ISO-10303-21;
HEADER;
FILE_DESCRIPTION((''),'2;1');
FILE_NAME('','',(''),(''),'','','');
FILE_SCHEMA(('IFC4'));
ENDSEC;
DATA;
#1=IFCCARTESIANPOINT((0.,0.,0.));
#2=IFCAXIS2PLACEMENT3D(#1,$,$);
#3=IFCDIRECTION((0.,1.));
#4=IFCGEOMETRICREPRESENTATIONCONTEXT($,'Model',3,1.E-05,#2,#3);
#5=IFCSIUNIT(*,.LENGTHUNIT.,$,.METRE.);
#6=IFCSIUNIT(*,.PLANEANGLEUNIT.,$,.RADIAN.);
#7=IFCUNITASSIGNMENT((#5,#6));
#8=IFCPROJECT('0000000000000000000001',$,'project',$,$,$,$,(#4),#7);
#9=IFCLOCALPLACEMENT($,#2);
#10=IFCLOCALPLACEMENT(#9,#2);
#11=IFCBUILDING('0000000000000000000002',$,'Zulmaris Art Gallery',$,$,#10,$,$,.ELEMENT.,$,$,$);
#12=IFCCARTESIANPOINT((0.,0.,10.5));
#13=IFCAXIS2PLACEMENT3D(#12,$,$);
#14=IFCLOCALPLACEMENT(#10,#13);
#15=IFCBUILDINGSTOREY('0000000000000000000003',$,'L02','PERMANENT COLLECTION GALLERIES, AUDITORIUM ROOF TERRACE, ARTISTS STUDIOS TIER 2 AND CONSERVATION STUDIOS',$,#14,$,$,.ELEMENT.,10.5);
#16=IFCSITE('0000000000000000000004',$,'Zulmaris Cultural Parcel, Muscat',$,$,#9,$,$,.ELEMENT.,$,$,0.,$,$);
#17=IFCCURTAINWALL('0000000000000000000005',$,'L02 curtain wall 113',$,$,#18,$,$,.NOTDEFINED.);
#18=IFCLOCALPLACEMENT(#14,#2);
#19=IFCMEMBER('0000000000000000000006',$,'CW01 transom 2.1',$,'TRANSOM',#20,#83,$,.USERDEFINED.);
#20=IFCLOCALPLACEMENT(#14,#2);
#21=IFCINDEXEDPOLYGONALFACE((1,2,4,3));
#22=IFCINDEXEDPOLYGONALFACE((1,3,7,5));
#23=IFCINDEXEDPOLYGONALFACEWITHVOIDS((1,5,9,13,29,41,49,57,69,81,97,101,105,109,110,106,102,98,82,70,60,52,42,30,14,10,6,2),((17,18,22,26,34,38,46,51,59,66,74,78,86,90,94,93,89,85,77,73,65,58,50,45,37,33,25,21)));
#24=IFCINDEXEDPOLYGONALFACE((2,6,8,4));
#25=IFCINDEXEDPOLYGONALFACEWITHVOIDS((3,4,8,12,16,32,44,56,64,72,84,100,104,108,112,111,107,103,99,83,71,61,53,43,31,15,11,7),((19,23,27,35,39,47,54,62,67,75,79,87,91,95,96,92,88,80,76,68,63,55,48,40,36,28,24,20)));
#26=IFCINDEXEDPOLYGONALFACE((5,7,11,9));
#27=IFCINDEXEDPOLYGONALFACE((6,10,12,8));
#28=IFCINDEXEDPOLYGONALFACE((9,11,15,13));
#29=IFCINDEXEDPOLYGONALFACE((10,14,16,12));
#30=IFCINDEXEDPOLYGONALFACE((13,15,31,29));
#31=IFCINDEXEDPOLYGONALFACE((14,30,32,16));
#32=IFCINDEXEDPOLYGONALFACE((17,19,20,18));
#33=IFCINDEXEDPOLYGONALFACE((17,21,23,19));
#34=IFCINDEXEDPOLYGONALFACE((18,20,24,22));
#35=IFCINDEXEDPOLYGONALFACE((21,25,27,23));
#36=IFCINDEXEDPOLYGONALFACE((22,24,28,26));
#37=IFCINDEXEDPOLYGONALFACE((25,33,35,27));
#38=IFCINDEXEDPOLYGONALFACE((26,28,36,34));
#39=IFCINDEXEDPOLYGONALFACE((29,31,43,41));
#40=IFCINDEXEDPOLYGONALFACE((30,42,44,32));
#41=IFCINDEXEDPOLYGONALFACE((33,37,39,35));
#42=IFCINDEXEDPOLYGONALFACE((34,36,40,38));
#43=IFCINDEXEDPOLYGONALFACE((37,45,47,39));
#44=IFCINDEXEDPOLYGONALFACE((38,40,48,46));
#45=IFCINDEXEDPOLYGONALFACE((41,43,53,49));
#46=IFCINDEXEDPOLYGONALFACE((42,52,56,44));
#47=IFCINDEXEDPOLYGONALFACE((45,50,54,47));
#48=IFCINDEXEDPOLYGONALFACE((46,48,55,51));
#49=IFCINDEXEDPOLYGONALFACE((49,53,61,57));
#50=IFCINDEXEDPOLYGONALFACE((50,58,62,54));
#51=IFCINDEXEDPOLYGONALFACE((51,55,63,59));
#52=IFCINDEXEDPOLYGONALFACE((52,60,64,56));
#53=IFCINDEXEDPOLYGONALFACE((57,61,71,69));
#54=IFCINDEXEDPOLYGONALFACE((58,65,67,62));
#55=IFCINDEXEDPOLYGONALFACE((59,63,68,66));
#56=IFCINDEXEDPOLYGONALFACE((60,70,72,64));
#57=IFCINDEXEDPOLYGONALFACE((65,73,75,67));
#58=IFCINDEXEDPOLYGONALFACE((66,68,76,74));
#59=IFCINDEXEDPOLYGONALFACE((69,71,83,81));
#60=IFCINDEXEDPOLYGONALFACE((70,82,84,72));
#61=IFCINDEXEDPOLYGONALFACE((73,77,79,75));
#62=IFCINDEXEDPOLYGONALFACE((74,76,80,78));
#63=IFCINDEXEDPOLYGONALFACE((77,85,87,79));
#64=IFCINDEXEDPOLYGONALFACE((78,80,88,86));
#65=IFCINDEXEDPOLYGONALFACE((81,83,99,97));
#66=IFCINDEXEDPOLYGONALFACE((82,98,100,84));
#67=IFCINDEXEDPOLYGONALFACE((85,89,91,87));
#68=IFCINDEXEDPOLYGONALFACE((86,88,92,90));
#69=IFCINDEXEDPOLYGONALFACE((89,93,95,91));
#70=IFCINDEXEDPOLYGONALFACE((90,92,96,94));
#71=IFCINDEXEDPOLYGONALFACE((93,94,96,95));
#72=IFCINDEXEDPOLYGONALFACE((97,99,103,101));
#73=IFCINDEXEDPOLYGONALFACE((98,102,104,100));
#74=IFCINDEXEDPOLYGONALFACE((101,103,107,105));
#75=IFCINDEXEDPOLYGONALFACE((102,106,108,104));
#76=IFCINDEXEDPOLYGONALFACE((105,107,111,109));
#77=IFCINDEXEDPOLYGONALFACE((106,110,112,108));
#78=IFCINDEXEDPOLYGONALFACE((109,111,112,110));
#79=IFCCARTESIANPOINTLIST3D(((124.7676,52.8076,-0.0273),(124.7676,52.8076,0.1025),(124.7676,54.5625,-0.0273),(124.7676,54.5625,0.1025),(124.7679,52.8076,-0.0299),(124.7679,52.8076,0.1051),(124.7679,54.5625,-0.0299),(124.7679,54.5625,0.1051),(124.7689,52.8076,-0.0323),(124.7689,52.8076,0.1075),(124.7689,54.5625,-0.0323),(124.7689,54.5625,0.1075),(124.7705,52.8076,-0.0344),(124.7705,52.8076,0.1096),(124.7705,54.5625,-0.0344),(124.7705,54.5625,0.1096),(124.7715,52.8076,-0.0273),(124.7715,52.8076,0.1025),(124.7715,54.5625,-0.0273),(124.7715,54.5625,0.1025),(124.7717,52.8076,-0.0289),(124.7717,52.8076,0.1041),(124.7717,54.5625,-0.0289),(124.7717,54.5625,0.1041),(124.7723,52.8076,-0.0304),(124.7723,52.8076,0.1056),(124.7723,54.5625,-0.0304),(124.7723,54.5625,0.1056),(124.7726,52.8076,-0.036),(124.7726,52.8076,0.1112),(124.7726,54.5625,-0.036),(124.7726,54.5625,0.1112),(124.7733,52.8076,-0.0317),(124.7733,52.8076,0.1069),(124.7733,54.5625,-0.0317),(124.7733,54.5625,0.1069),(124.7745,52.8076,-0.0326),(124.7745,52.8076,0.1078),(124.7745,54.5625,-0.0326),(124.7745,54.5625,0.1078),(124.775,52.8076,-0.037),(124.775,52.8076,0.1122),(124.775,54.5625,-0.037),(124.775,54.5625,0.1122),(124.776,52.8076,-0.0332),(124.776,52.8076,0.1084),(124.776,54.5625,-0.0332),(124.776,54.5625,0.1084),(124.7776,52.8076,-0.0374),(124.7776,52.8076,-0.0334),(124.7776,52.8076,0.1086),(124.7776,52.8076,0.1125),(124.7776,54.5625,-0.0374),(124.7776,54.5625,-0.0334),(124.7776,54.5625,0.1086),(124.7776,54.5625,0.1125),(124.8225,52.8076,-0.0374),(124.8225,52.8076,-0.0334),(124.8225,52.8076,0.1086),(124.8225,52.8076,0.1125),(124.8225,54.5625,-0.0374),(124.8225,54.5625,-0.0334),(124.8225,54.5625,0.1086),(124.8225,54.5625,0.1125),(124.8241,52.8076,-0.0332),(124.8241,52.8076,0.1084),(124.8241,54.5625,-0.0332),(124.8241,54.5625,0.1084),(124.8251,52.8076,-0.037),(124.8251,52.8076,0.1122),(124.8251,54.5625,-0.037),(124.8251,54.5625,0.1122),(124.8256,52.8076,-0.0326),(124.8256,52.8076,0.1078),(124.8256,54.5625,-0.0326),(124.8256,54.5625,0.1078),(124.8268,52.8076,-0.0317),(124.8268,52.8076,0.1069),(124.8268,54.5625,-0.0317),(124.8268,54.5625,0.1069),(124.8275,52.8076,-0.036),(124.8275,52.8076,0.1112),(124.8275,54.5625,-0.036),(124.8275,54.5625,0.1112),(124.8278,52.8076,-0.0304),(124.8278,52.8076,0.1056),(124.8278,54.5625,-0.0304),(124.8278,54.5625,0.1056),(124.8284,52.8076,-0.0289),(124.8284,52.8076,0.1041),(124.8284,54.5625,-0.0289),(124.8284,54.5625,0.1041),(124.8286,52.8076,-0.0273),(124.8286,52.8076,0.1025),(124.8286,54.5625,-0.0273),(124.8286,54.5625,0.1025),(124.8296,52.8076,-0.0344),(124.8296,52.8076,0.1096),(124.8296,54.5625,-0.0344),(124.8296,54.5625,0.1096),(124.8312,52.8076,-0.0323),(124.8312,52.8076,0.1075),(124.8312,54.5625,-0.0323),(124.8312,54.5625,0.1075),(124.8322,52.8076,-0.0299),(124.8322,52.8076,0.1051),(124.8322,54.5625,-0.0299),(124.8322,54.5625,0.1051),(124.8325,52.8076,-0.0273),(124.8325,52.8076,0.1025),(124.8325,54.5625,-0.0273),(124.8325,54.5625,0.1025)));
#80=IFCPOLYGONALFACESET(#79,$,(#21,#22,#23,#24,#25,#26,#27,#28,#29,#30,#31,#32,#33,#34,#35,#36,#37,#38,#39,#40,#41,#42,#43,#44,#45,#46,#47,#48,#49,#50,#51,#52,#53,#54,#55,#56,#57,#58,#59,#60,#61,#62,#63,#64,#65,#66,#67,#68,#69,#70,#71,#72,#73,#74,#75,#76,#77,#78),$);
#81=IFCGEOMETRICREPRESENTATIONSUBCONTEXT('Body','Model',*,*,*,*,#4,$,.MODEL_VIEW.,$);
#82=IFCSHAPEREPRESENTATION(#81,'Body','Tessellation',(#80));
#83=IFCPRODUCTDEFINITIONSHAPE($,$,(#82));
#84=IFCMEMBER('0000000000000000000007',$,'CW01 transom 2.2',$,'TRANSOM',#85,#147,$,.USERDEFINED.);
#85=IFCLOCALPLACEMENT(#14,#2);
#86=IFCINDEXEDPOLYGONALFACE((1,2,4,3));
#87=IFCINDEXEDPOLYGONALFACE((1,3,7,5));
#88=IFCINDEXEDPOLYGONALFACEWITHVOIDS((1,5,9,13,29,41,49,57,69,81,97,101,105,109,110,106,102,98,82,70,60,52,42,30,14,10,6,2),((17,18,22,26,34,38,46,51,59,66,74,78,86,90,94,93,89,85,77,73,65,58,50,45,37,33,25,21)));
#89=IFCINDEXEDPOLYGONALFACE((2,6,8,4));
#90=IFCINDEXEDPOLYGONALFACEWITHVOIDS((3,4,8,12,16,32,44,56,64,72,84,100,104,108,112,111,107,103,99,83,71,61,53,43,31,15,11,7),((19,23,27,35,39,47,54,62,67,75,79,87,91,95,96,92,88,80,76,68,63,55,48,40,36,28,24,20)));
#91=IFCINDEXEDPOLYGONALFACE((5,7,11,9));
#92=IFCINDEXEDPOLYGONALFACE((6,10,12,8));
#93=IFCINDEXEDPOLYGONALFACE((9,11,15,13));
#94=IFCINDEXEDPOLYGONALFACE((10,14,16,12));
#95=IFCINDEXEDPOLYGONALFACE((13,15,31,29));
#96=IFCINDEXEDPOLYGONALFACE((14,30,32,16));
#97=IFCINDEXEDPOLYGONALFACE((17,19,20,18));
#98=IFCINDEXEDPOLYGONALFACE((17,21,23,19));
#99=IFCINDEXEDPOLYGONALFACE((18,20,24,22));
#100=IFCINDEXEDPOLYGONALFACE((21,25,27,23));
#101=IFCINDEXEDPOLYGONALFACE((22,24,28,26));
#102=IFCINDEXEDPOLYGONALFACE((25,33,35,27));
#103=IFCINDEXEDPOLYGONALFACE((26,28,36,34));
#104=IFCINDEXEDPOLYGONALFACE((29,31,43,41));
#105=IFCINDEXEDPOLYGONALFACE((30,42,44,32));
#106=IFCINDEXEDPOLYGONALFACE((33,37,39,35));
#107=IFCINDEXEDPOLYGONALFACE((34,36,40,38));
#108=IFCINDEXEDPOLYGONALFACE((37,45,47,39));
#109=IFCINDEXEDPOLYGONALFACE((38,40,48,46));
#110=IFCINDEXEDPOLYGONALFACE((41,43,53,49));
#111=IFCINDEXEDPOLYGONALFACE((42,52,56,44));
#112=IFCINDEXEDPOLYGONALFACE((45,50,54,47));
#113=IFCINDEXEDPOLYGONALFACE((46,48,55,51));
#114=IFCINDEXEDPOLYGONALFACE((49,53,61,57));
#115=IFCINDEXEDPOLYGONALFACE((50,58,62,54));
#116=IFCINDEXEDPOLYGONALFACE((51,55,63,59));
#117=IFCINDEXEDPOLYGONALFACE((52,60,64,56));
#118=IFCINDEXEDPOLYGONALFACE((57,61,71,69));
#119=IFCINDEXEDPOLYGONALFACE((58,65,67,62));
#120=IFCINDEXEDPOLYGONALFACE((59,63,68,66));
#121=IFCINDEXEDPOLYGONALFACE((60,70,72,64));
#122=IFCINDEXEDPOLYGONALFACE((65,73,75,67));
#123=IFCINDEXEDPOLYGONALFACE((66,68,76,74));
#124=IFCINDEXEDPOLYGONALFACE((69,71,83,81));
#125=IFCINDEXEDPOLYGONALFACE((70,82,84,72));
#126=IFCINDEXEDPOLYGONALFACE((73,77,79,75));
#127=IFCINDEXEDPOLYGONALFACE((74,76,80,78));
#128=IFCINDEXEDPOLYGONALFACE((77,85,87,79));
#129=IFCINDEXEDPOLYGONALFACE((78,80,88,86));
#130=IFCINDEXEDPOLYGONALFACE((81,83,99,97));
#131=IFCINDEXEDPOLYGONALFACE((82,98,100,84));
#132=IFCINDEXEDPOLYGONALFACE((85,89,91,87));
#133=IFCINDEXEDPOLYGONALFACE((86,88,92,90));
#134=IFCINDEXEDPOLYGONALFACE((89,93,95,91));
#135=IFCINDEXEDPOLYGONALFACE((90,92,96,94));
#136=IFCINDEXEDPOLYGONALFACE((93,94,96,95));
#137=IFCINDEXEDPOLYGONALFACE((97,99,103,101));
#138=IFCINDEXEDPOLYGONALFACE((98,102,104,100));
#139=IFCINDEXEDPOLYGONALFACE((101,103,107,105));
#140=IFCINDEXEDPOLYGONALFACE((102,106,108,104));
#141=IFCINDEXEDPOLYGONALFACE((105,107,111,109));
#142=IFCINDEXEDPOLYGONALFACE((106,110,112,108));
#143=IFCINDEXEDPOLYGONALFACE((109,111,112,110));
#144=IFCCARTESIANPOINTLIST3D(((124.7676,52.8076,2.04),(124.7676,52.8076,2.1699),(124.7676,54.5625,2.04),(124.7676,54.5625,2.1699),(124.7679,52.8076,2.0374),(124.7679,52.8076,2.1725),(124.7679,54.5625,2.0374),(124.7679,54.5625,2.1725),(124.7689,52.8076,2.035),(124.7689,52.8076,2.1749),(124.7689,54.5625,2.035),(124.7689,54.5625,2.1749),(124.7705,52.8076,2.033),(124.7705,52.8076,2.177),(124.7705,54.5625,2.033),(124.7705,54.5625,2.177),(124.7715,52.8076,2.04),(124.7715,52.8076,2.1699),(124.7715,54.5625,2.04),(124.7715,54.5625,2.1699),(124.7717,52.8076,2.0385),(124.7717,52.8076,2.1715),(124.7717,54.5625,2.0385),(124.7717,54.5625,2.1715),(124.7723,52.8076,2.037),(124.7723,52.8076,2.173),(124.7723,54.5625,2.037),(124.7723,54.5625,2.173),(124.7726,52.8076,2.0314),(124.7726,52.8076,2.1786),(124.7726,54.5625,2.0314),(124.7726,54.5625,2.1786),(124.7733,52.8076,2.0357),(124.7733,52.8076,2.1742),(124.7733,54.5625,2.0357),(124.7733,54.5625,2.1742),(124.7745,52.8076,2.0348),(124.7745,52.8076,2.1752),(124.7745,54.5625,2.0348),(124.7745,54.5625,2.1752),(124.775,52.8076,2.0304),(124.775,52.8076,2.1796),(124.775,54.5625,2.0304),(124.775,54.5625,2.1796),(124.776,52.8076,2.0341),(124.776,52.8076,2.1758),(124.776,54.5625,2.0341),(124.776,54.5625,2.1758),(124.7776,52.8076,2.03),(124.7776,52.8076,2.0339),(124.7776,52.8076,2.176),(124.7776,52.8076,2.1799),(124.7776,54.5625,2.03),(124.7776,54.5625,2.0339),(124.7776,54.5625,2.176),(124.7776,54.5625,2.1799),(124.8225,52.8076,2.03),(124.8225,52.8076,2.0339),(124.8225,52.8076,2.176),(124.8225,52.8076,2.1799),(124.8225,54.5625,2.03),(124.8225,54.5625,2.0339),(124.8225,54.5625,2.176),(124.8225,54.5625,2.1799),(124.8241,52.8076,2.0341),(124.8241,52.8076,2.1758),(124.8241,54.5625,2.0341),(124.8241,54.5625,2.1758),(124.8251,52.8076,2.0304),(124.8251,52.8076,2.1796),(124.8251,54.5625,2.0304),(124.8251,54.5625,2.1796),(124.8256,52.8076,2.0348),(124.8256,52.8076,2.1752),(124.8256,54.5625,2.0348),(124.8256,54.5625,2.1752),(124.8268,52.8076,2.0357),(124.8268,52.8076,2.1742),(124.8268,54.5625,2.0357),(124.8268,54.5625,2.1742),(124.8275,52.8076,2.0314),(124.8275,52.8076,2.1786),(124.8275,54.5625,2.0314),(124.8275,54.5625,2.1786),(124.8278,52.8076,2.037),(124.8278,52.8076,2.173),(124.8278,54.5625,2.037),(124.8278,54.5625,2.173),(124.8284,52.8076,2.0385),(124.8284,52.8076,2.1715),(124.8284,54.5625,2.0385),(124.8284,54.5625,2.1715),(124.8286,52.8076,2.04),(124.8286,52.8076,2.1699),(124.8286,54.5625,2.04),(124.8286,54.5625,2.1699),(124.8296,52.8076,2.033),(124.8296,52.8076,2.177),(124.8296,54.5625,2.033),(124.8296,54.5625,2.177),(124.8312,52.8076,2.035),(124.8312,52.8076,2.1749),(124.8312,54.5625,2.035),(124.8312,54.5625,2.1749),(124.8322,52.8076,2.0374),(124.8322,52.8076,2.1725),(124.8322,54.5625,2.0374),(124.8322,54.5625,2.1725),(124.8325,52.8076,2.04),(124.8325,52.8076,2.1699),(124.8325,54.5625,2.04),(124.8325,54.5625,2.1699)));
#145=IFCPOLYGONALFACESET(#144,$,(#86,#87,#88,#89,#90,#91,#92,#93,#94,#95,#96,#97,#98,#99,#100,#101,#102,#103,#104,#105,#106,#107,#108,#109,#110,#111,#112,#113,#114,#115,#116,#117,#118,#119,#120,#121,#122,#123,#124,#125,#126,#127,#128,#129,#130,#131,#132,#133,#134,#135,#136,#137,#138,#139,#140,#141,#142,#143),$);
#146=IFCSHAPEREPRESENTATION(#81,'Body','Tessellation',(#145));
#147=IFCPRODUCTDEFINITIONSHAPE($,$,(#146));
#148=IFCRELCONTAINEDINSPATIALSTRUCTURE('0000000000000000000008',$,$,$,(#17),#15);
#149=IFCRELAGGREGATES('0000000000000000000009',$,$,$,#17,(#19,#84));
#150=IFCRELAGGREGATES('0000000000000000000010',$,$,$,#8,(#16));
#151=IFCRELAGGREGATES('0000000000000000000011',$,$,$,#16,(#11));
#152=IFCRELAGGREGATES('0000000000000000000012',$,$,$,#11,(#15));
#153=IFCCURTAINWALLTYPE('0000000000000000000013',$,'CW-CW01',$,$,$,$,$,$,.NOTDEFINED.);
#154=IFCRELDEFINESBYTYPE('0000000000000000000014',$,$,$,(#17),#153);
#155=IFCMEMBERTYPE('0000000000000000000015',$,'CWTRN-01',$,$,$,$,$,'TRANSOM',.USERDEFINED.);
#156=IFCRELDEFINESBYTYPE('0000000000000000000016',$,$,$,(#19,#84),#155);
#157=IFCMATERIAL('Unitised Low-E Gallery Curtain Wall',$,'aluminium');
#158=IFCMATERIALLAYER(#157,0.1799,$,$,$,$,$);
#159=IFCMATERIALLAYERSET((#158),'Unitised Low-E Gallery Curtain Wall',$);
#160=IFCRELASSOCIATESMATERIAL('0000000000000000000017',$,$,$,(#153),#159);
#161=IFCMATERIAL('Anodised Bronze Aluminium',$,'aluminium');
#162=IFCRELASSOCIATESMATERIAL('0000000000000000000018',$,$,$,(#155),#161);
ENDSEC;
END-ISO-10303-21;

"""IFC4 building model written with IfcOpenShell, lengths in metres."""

from ifc_helpers import new_model, si_unit, direction, frame, origin, origin_2d, place, context, subcontext, project, spatial, hollow_rectangle, extrude, material, layer, layer_set, material_profile, profile_set, type_object, element, aggregate, save


model = new_model("IFC4")

# Units and contexts
model_context = context("Model", 3, precision=1e-05, world=origin(), true_north=direction((0.0, 1.0)))
body_context = subcontext(model_context, "Body", "Model", "MODEL_VIEW")
ifc_project = project(units=[si_unit("LENGTHUNIT", "METRE"), si_unit("PLANEANGLEUNIT", "RADIAN")], contexts=[model_context])

# Site, building, storey
site_placement = place(None, origin())
site = spatial("IfcSite", under=ifc_project, at=site_placement, Name="Zulmaris Cultural Parcel, Muscat", CompositionType="ELEMENT", RefElevation=0.0)
building_placement = place(site_placement, origin())
building = spatial("IfcBuilding", under=site, at=building_placement, Name="Zulmaris Art Gallery", CompositionType="ELEMENT")
storey_placement = place(building_placement, frame((0.0, 0.0, 10.5)))
storey = spatial("IfcBuildingStorey", under=building, at=storey_placement, Name="L02", Description="PERMANENT COLLECTION GALLERIES, AUDITORIUM ROOF TERRACE, ARTISTS STUDIOS TIER 2 AND CONSERVATION STUDIOS", CompositionType="ELEMENT", Elevation=10.5)

# Curtain wall
ifc_material_1 = material(Name="Unitised Low-E Gallery Curtain Wall", Category="aluminium")
ifc_layer_1 = layer(ifc_material_1, 0.1799)
ifc_layer_set_1 = layer_set([ifc_layer_1], Name="Unitised Low-E Gallery Curtain Wall")
curtain_wall_type = type_object("IfcCurtainWallType", Name="CW-CW01", PredefinedType="NOTDEFINED", material=ifc_layer_set_1)
ifc_material_2 = material(Name="Anodised Bronze Aluminium", Category="aluminium")
curtain_wall_1_placement = place(storey_placement, origin())
curtain_wall_1 = element("IfcCurtainWall", 1, at=curtain_wall_1_placement, inside=storey, type_object=curtain_wall_type, Name="L02 curtain wall 113", PredefinedType="NOTDEFINED")

# Members
ifc_material_profile_1 = material_profile(ifc_material_2, hollow_rectangle(XDim=0.0649, YDim=0.1499, WallThickness=0.0039, InnerFilletRadius=0.0061, OuterFilletRadius=0.01, at=origin_2d()), Name="ALU 65x150x4")
ifc_profile_set_1 = profile_set([ifc_material_profile_1], Name="Anodised Bronze Aluminium")
member_type_1 = type_object("IfcMemberType", Name="CWTRN-01", ElementType="TRANSOM", PredefinedType="USERDEFINED", material=ifc_profile_set_1)
member_1_placement = place(storey_placement, frame((124.8, 52.8076, 0.0376), z_axis=(0.0, 1.0, 0.0), x_axis=(-1.0, 0.0, 0.0)))
member_1 = element("IfcMember", 2, at=member_1_placement, type_object=member_type_1, Name="CW01 transom 2.1", ObjectType="TRANSOM", PredefinedType="USERDEFINED", context=body_context, shape_type="SweptSolid", body=[
    extrude(hollow_rectangle(XDim=0.0649, YDim=0.1499, WallThickness=0.0039, InnerFilletRadius=0.0061, OuterFilletRadius=0.01, at=origin_2d()), origin(), (0.0, 0.0, 1.0), 1.7549),
])
member_2_placement = place(storey_placement, frame((124.8, 52.8076, 2.105), z_axis=(0.0, 1.0, 0.0), x_axis=(-1.0, 0.0, 0.0)))
member_2 = element("IfcMember", 3, at=member_2_placement, type_object=member_type_1, Name="CW01 transom 2.2", ObjectType="TRANSOM", PredefinedType="USERDEFINED", context=body_context, shape_type="SweptSolid", body=[
    extrude(hollow_rectangle(XDim=0.0649, YDim=0.1499, WallThickness=0.0039, InnerFilletRadius=0.0061, OuterFilletRadius=0.01, at=origin_2d()), origin(), (0.0, 0.0, 1.0), 1.7549),
])

aggregate(curtain_wall_1, [member_1, member_2])

save(model, "model.ifc")
